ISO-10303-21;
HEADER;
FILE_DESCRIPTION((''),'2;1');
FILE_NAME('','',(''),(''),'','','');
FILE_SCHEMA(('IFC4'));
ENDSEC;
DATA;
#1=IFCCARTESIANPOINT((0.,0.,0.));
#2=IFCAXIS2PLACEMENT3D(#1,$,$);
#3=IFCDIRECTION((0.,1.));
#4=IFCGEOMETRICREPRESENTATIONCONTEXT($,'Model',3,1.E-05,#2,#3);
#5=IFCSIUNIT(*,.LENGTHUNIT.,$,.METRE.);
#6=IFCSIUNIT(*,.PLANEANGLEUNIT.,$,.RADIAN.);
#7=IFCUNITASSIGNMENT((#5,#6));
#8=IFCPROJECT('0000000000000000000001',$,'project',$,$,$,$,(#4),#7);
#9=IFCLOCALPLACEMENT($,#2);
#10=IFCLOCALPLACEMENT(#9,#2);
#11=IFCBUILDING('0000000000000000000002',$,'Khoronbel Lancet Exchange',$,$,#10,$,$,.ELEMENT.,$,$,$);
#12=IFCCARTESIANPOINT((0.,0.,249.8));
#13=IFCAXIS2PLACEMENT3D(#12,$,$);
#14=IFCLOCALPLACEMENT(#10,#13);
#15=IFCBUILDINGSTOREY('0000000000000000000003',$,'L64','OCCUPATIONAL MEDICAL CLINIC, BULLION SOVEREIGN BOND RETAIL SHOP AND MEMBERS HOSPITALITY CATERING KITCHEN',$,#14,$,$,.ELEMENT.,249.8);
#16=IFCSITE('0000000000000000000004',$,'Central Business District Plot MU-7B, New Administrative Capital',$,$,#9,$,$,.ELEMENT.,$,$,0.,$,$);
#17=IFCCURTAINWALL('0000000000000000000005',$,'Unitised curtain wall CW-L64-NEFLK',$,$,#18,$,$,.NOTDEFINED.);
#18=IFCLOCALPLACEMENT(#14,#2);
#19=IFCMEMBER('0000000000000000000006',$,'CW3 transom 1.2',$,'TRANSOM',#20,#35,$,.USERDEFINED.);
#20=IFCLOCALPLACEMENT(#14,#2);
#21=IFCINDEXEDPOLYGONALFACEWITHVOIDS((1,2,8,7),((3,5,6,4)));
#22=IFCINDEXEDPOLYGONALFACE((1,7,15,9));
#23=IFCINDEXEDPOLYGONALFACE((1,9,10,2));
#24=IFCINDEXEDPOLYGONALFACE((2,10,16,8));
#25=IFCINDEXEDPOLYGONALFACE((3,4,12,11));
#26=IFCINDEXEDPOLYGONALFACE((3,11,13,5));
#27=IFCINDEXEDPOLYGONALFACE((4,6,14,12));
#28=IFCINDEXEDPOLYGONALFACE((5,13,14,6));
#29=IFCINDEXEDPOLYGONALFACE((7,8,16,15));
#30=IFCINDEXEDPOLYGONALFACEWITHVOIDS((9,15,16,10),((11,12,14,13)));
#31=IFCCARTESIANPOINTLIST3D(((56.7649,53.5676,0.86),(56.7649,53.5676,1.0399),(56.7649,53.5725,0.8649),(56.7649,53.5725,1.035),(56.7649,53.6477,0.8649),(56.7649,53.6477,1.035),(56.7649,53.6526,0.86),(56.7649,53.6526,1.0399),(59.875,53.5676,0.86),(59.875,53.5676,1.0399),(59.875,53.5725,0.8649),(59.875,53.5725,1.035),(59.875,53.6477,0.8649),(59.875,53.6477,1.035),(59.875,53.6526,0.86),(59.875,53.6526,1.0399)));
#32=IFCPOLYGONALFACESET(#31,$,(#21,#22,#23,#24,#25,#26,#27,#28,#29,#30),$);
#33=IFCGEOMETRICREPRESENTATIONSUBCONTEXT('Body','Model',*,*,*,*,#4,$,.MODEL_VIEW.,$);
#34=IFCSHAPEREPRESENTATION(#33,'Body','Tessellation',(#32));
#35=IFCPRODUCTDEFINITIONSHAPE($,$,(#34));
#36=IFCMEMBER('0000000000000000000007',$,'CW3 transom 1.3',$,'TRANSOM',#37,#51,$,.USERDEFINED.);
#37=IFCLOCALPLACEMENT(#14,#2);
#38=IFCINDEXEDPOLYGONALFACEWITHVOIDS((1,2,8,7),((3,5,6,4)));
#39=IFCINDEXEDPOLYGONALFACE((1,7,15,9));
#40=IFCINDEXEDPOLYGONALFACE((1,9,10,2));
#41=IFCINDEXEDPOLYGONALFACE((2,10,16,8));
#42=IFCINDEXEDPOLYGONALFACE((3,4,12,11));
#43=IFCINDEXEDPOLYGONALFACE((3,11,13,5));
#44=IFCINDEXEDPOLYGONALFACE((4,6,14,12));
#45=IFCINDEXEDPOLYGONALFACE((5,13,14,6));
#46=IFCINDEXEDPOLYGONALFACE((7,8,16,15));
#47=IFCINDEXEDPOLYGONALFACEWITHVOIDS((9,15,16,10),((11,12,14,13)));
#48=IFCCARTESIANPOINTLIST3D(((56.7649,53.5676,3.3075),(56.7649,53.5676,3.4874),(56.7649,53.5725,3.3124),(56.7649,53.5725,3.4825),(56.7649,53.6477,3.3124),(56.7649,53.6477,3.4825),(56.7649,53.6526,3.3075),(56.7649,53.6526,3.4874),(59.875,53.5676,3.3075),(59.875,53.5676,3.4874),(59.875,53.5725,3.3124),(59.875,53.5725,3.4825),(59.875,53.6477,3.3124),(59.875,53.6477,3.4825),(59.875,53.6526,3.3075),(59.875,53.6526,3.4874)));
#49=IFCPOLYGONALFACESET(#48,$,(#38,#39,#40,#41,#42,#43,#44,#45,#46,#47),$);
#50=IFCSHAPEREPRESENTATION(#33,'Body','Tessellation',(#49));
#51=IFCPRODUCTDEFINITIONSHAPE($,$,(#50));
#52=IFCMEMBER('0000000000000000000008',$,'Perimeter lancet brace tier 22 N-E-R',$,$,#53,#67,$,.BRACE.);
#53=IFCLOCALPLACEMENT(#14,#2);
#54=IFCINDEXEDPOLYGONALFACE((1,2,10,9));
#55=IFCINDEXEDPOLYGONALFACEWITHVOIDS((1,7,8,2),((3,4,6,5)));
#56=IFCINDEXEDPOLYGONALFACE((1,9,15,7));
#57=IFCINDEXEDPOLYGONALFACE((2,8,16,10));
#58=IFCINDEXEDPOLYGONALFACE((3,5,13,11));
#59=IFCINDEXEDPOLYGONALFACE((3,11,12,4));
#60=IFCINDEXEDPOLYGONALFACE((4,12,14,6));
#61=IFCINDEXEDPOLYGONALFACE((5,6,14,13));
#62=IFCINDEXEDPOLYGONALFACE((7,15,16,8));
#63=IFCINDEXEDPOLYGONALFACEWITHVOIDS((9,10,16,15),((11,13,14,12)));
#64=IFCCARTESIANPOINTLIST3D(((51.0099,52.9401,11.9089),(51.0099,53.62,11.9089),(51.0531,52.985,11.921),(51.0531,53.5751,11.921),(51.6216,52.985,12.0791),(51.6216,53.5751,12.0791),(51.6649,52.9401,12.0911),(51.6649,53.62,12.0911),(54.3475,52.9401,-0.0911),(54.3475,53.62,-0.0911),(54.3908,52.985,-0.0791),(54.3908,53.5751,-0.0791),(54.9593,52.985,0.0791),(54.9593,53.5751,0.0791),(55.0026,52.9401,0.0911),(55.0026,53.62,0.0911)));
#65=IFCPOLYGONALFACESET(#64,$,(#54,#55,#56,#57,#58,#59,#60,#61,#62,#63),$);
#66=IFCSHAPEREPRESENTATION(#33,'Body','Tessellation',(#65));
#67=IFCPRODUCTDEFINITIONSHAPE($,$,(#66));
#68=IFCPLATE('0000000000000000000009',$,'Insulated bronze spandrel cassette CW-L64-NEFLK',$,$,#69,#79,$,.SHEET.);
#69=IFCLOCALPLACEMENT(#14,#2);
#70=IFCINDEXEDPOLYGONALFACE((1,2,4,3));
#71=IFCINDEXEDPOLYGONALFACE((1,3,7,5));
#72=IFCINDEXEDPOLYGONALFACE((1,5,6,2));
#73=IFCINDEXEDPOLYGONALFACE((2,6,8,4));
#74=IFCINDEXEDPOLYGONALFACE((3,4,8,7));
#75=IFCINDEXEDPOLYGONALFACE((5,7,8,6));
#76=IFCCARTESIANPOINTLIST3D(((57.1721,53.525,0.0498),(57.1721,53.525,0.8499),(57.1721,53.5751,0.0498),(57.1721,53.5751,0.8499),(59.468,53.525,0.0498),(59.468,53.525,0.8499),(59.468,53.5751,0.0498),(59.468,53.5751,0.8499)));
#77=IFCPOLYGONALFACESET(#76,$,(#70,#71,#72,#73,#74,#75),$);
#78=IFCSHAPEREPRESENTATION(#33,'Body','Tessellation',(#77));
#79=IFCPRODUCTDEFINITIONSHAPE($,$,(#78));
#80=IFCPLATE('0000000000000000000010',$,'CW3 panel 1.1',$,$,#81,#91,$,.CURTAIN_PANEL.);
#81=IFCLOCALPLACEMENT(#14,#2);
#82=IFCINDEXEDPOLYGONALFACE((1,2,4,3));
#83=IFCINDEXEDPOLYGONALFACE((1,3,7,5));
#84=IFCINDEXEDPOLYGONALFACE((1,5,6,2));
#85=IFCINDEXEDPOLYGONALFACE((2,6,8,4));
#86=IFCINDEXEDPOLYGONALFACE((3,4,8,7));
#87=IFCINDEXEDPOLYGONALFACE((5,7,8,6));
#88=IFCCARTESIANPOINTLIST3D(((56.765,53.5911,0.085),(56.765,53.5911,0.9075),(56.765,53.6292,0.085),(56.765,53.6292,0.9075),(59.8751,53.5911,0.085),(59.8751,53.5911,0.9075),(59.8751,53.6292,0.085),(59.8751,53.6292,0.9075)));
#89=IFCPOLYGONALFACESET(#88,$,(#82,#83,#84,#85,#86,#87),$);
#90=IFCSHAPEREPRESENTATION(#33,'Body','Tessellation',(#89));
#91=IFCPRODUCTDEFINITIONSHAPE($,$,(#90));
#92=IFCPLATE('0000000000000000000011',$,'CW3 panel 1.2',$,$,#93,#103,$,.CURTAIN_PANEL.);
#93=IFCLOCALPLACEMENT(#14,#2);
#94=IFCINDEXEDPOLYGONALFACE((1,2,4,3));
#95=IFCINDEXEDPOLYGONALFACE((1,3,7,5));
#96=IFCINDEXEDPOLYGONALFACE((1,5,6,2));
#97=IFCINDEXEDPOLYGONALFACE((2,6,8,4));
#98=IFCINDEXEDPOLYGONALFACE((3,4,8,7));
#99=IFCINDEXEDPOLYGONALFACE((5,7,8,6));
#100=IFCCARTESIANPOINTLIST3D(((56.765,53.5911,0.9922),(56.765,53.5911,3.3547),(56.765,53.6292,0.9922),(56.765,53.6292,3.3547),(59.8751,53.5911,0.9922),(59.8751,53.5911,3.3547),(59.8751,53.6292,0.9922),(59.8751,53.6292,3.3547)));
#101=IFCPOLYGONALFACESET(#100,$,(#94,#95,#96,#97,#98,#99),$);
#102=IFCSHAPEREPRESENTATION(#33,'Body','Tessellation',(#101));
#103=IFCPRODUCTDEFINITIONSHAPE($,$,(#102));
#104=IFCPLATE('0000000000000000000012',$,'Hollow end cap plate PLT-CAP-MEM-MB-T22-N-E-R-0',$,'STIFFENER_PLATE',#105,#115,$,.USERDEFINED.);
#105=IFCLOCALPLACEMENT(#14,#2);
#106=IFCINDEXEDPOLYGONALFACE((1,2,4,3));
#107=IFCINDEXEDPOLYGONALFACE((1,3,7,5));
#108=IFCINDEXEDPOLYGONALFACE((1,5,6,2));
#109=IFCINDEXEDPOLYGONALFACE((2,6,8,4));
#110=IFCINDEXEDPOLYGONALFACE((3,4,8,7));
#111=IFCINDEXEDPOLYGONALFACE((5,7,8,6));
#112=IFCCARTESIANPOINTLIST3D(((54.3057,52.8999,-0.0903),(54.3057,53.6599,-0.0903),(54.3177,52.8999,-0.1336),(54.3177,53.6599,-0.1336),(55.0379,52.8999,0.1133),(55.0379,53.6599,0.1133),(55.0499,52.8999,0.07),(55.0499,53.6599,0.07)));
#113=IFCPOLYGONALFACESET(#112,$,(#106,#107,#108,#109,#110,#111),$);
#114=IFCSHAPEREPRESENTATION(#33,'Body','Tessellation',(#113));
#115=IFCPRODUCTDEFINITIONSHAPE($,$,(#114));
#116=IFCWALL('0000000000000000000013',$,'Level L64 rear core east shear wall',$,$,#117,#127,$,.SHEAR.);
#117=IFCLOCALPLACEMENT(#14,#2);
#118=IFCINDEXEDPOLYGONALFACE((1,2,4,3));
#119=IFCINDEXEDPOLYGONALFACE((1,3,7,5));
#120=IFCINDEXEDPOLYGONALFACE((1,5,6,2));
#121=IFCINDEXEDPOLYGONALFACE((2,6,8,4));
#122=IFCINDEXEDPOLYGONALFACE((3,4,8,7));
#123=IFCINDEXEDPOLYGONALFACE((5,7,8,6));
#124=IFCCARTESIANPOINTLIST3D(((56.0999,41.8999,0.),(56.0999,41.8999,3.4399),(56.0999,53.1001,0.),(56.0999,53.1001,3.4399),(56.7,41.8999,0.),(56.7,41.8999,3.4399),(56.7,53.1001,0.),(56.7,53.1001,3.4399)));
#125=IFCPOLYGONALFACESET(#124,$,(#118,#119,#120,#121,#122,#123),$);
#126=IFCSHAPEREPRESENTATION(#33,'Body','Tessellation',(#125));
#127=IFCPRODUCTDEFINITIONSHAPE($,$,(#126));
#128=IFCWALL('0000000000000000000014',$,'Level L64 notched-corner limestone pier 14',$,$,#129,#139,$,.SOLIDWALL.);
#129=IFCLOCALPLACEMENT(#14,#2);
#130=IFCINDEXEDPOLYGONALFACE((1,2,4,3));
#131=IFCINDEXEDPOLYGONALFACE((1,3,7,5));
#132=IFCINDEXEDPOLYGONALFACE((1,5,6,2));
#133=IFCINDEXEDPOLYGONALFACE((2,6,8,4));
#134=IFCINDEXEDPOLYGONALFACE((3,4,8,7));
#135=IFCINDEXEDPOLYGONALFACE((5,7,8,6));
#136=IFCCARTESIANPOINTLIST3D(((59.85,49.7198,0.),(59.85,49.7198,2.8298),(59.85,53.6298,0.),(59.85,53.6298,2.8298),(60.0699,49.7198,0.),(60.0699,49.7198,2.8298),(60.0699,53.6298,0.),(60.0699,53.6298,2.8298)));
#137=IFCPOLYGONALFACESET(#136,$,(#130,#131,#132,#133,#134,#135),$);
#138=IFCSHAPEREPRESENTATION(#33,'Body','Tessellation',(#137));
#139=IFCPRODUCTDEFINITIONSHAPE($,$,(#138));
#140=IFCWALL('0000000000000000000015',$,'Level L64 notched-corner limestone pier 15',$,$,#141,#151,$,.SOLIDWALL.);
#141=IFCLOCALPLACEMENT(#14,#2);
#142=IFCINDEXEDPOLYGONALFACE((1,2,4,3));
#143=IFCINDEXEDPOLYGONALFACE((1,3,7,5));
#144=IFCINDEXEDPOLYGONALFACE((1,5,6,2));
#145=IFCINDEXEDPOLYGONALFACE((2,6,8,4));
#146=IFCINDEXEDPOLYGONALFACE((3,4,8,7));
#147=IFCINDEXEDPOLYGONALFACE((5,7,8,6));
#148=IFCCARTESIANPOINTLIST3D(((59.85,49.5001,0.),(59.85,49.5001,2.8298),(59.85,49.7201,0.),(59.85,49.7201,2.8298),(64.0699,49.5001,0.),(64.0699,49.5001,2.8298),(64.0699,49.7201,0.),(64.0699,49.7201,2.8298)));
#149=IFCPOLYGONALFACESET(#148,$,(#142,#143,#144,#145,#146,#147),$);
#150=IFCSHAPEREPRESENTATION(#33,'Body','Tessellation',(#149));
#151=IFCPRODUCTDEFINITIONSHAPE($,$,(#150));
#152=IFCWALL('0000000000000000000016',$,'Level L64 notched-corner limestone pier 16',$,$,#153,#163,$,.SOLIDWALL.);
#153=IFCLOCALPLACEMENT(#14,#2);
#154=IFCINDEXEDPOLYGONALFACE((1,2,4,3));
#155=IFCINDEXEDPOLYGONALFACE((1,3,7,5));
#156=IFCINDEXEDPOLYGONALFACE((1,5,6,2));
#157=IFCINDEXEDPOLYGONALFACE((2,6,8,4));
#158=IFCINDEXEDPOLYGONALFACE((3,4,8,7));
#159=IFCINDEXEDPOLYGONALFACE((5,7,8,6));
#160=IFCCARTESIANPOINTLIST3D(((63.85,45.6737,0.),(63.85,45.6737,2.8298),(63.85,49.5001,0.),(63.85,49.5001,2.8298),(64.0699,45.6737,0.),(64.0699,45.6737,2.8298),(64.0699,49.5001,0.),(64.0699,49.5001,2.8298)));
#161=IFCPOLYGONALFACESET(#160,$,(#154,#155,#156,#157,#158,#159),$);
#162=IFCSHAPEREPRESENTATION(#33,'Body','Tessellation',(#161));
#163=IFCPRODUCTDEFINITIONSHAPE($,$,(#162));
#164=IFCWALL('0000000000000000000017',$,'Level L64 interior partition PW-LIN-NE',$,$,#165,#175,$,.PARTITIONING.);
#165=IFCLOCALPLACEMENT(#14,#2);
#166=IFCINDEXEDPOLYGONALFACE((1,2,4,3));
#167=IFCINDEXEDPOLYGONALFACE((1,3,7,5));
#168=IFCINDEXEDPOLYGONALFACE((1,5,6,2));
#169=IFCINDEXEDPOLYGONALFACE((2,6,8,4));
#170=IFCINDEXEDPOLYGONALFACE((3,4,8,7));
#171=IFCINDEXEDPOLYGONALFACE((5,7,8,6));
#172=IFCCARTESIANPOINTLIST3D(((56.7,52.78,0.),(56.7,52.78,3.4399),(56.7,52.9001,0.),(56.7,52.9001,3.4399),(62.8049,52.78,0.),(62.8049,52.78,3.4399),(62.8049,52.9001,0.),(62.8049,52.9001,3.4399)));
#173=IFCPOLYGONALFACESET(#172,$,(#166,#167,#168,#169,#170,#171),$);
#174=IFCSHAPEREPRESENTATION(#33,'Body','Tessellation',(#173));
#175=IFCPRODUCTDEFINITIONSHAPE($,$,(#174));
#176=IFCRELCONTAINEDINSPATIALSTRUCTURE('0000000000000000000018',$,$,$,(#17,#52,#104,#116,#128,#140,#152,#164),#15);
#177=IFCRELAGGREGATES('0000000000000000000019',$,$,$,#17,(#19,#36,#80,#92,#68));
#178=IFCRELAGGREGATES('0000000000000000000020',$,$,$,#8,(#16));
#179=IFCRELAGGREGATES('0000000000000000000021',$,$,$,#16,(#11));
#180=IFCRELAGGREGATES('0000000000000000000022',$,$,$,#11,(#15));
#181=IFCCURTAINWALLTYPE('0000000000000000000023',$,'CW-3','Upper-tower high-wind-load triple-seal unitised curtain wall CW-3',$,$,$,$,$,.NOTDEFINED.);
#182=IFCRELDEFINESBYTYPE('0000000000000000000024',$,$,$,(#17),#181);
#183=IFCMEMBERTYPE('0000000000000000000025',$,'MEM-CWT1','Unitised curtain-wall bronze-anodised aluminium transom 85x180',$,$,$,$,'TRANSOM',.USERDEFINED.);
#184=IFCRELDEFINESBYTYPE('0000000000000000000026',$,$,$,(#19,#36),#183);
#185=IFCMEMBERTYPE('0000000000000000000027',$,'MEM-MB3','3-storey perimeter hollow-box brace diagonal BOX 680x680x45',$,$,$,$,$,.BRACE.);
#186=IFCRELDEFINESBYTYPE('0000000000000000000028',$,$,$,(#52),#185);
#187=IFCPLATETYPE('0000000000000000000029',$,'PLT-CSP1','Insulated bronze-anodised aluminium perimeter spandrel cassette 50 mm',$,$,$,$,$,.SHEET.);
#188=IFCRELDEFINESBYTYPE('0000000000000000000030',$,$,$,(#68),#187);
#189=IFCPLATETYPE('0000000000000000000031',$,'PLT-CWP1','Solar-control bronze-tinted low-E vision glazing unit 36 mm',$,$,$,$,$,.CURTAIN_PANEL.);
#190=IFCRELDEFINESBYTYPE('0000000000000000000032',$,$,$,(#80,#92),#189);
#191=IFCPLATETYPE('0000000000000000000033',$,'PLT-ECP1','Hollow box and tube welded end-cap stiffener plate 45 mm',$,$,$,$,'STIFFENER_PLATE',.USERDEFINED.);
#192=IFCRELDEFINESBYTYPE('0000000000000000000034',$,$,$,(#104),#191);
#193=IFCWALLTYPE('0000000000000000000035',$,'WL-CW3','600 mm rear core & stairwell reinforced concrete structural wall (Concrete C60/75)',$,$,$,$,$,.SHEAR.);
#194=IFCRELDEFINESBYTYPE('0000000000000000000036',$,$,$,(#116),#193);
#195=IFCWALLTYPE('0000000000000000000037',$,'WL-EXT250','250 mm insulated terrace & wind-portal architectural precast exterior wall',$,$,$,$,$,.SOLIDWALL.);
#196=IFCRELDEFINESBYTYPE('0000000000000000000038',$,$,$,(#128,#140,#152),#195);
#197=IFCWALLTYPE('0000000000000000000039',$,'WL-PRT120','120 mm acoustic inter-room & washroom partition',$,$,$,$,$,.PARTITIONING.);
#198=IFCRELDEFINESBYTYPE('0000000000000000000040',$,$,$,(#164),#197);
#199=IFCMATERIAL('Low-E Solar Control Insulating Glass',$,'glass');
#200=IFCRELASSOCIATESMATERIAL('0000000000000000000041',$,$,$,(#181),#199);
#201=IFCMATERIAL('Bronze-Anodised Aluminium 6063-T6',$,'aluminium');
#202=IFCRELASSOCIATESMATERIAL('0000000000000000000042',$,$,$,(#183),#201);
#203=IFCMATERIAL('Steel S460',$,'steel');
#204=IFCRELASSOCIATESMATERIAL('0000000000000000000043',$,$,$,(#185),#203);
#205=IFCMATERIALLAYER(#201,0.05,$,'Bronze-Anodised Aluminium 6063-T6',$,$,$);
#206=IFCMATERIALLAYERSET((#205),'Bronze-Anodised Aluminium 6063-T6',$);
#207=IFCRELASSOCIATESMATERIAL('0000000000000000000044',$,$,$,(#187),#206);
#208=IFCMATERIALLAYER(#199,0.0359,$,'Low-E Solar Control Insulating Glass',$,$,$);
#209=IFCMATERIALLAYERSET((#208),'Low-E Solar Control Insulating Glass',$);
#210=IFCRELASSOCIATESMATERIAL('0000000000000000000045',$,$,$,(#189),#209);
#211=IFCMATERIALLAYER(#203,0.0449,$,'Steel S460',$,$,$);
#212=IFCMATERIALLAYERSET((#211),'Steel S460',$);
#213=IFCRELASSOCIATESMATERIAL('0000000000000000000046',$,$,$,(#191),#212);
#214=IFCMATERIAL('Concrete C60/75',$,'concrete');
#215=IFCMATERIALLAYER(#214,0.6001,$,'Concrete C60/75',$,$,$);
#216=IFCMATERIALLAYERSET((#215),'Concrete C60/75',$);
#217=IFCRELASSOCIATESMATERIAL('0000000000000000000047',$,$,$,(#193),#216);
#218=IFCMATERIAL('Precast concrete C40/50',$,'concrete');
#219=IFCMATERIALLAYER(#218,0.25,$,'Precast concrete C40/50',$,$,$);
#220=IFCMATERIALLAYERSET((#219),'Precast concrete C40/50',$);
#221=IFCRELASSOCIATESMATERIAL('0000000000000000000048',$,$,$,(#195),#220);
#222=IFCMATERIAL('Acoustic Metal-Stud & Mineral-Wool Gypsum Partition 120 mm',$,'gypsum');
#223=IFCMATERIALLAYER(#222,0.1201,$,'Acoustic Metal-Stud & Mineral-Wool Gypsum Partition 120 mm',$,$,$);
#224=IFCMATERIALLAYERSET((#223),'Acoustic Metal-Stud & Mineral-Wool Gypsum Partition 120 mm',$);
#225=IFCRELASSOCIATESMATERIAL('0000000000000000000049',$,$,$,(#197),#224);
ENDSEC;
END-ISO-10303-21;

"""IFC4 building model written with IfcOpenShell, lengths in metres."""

from ifc_helpers import new_model, si_unit, direction, frame, frame_2d, origin, origin_2d, place, context, subcontext, project, spatial, polyline, rectangle, hollow_rectangle, outline, extrude, material, layer, layer_set, material_profile, profile_set, type_object, element, aggregate, save


model = new_model("IFC4")

# Units and contexts
model_context = context("Model", 3, precision=1e-05, world=origin(), true_north=direction((0.0, 1.0)))
body_context = subcontext(model_context, "Body", "Model", "MODEL_VIEW")
ifc_project = project(units=[si_unit("LENGTHUNIT", "METRE"), si_unit("PLANEANGLEUNIT", "RADIAN")], contexts=[model_context])

# Site, building, storey
site_placement = place(None, origin())
site = spatial("IfcSite", under=ifc_project, at=site_placement, Name="Central Business District Plot MU-7B, New Administrative Capital", CompositionType="ELEMENT", RefElevation=0.0)
building_placement = place(site_placement, origin())
building = spatial("IfcBuilding", under=site, at=building_placement, Name="Khoronbel Lancet Exchange", CompositionType="ELEMENT")
storey_placement = place(building_placement, frame((0.0, 0.0, 249.8)))
storey = spatial("IfcBuildingStorey", under=building, at=storey_placement, Name="L64", Description="OCCUPATIONAL MEDICAL CLINIC, BULLION SOVEREIGN BOND RETAIL SHOP AND MEMBERS HOSPITALITY CATERING KITCHEN", CompositionType="ELEMENT", Elevation=249.8)

# Shared definitions
ifc_material_1 = material(Name="Steel S460", Category="steel")

# Curtain wall
ifc_material_2 = material(Name="Low-E Solar Control Insulating Glass", Category="glass")
curtain_wall_type_1 = type_object("IfcCurtainWallType", Name="CW-3", Description="Upper-tower high-wind-load triple-seal unitised curtain wall CW-3", PredefinedType="NOTDEFINED", material=ifc_material_2)
curtain_wall_1_placement = place(storey_placement, origin())
curtain_wall_1 = element("IfcCurtainWall", 1, at=curtain_wall_1_placement, inside=storey, type_object=curtain_wall_type_1, Name="Unitised curtain wall CW-L64-NEFLK", PredefinedType="NOTDEFINED")
ifc_material_3 = material(Name="Bronze-Anodised Aluminium 6063-T6", Category="aluminium")

# Members
ifc_material_profile_1 = material_profile(ifc_material_3, hollow_rectangle(XDim=0.085, YDim=0.1799, WallThickness=0.0049, at=origin_2d()), Name="ALU TRANSOM 85x180")
ifc_profile_set_1 = profile_set([ifc_material_profile_1], Name="Bronze-Anodised Aluminium 6063-T6")
member_type_1 = type_object("IfcMemberType", Name="MEM-CWT1", Description="Unitised curtain-wall bronze-anodised aluminium transom 85x180", ElementType="TRANSOM", PredefinedType="USERDEFINED", material=ifc_profile_set_1)
member_1_placement = place(storey_placement, frame((59.875, 53.6101, 0.95), z_axis=(-1.0, 0.0, 0.0), x_axis=(0.0, -1.0, 0.0)))
member_1 = element("IfcMember", 2, at=member_1_placement, type_object=member_type_1, Name="CW3 transom 1.2", ObjectType="TRANSOM", PredefinedType="USERDEFINED", context=body_context, shape_type="SweptSolid", body=[
    extrude(hollow_rectangle(XDim=0.085, YDim=0.1799, WallThickness=0.0049, at=origin_2d()), origin(), (0.0, 0.0, 1.0), 3.1101),
])
member_2_placement = place(storey_placement, frame((59.875, 53.6101, 3.3975), z_axis=(-1.0, 0.0, 0.0), x_axis=(0.0, -1.0, 0.0)))
member_2 = element("IfcMember", 3, at=member_2_placement, type_object=member_type_1, Name="CW3 transom 1.3", ObjectType="TRANSOM", PredefinedType="USERDEFINED", context=body_context, shape_type="SweptSolid", body=[
    extrude(hollow_rectangle(XDim=0.085, YDim=0.1799, WallThickness=0.0049, at=origin_2d()), origin(), (0.0, 0.0, 1.0), 3.1101),
])
ifc_material_profile_2 = material_profile(ifc_material_1, hollow_rectangle(XDim=0.6799, YDim=0.6799, WallThickness=0.0449, at=origin_2d()), Name="BOX 680x680x45")
ifc_profile_set_2 = profile_set([ifc_material_profile_2], Name="Steel S460")
member_type_2 = type_object("IfcMemberType", Name="MEM-MB3", Description="3-storey perimeter hollow-box brace diagonal BOX 680x680x45", PredefinedType="BRACE", material=ifc_profile_set_2)
member_3_placement = place(storey_placement, frame((54.675, 53.28, 0.0), z_axis=(-0.267965, 0.0, 0.963429), x_axis=(0.0, -1.0, 0.0)))
element("IfcMember", 4, at=member_3_placement, inside=storey, type_object=member_type_2, Name="Perimeter lancet brace tier 22 N-E-R", PredefinedType="BRACE", context=body_context, shape_type="SweptSolid", body=[
    extrude(hollow_rectangle(XDim=0.6799, YDim=0.6799, WallThickness=0.0449, at=origin_2d()), origin(), (0.0, 0.0, 1.0), 12.4556),
])

# Plates
ifc_layer_1 = layer(ifc_material_3, 0.05, Name="Bronze-Anodised Aluminium 6063-T6")
ifc_layer_set_1 = layer_set([ifc_layer_1], Name="Bronze-Anodised Aluminium 6063-T6")
plate_type_1 = type_object("IfcPlateType", Name="PLT-CSP1", Description="Insulated bronze-anodised aluminium perimeter spandrel cassette 50 mm", PredefinedType="SHEET", material=ifc_layer_set_1)
plate_1_placement = place(storey_placement, frame((58.3201, 53.55, 0.0498), z_axis=(0.0, 0.0, 1.0), x_axis=(-1.0, 0.0, 0.0)))
plate_1 = element("IfcPlate", 5, at=plate_1_placement, type_object=plate_type_1, Name="Insulated bronze spandrel cassette CW-L64-NEFLK", PredefinedType="SHEET", context=body_context, shape_type="SweptSolid", body=[
    extrude(rectangle(XDim=2.2959, YDim=0.05, at=origin_2d()), origin(), (0.0, 0.0, 1.0), 0.8),
])
ifc_layer_2 = layer(ifc_material_2, 0.0359, Name="Low-E Solar Control Insulating Glass")
ifc_layer_set_2 = layer_set([ifc_layer_2], Name="Low-E Solar Control Insulating Glass")
plate_type_2 = type_object("IfcPlateType", Name="PLT-CWP1", Description="Solar-control bronze-tinted low-E vision glazing unit 36 mm", PredefinedType="CURTAIN_PANEL", material=ifc_layer_set_2)
plate_2_placement = place(storey_placement, frame((58.3201, 53.6101, 0.085), z_axis=(0.0, 0.0, 1.0), x_axis=(-1.0, 0.0, 0.0)))
plate_2 = element("IfcPlate", 6, at=plate_2_placement, type_object=plate_type_2, Name="CW3 panel 1.1", PredefinedType="CURTAIN_PANEL", context=body_context, shape_type="SweptSolid", body=[
    extrude(rectangle(XDim=3.1101, YDim=0.0381, at=origin_2d()), origin(), (0.0, 0.0, 1.0), 0.8225),
])
plate_3_placement = place(storey_placement, frame((58.3201, 53.6101, 0.9922), z_axis=(0.0, 0.0, 1.0), x_axis=(-1.0, 0.0, 0.0)))
plate_3 = element("IfcPlate", 7, at=plate_3_placement, type_object=plate_type_2, Name="CW3 panel 1.2", PredefinedType="CURTAIN_PANEL", context=body_context, shape_type="SweptSolid", body=[
    extrude(rectangle(XDim=3.1101, YDim=0.0381, at=origin_2d()), origin(), (0.0, 0.0, 1.0), 2.3625),
])
aggregate(curtain_wall_1, [member_1, member_2, plate_2, plate_3, plate_1])
ifc_layer_3 = layer(ifc_material_1, 0.0449, Name="Steel S460")
ifc_layer_set_3 = layer_set([ifc_layer_3], Name="Steel S460")
plate_type_3 = type_object("IfcPlateType", Name="PLT-ECP1", Description="Hollow box and tube welded end-cap stiffener plate 45 mm", ElementType="STIFFENER_PLATE", PredefinedType="USERDEFINED", material=ifc_layer_set_3)
plate_4_placement = place(storey_placement, frame((54.3057, 53.6599, -0.0903), z_axis=(-0.267926, 0.0, 0.96344), x_axis=(0.0, -1.0, 0.0)))
element("IfcPlate", 8, at=plate_4_placement, inside=storey, type_object=plate_type_3, Name="Hollow end cap plate PLT-CAP-MEM-MB-T22-N-E-R-0", ObjectType="STIFFENER_PLATE", PredefinedType="USERDEFINED", context=body_context, shape_type="SweptSolid", body=[
    extrude(outline(polyline([(0.0, 0.0), (0.76, 0.0), (0.76, 0.76), (0.0, 0.76), (0.0, 0.0)])), origin(), (0.0, 0.0, -1.0), 0.0449),
])

# Walls
ifc_material_4 = material(Name="Concrete C60/75", Category="concrete")
ifc_layer_4 = layer(ifc_material_4, 0.6001, Name="Concrete C60/75")
ifc_layer_set_4 = layer_set([ifc_layer_4], Name="Concrete C60/75")
wall_type_1 = type_object("IfcWallType", Name="WL-CW3", Description="600 mm rear core & stairwell reinforced concrete structural wall (Concrete C60/75)", PredefinedType="SHEAR", material=ifc_layer_set_4)
wall_1_placement = place(storey_placement, frame((56.3999, 53.1001, 0.0), z_axis=(0.0, 0.0, 1.0), x_axis=(0.0, -1.0, 0.0)))
element("IfcWall", 9, at=wall_1_placement, inside=storey, type_object=wall_type_1, Name="Level L64 rear core east shear wall", PredefinedType="SHEAR", context=body_context, shape_type="SweptSolid", body=[
    extrude(rectangle(XDim=11.2002, YDim=0.6001, at=frame_2d((5.6001, 0.0))), origin(), (0.0, 0.0, 1.0), 3.4399),
])
ifc_material_5 = material(Name="Precast concrete C40/50", Category="concrete")
ifc_layer_5 = layer(ifc_material_5, 0.25, Name="Precast concrete C40/50")
ifc_layer_set_5 = layer_set([ifc_layer_5], Name="Precast concrete C40/50")
wall_type_2 = type_object("IfcWallType", Name="WL-EXT250", Description="250 mm insulated terrace & wind-portal architectural precast exterior wall", PredefinedType="SOLIDWALL", material=ifc_layer_set_5)
wall_2_placement = place(storey_placement, frame((59.96, 53.6299, 0.0), z_axis=(0.0, 0.0, 1.0), x_axis=(0.0, -1.0, 0.0)))
element("IfcWall", 10, at=wall_2_placement, inside=storey, type_object=wall_type_2, Name="Level L64 notched-corner limestone pier 14", PredefinedType="SOLIDWALL", context=body_context, shape_type="SweptSolid", body=[
    extrude(rectangle(XDim=3.9099, YDim=0.22, at=frame_2d((1.9551, 0.0))), origin(), (0.0, 0.0, 1.0), 2.8298),
])
wall_3_placement = place(storey_placement, frame((59.8501, 49.6101, 0.0), z_axis=(0.0, 0.0, 1.0), x_axis=(1.0, 0.0, 0.0)))
element("IfcWall", 11, at=wall_3_placement, inside=storey, type_object=wall_type_2, Name="Level L64 notched-corner limestone pier 15", PredefinedType="SOLIDWALL", context=body_context, shape_type="SweptSolid", body=[
    extrude(rectangle(XDim=4.22, YDim=0.22, at=frame_2d((2.1099, 0.0))), origin(), (0.0, 0.0, 1.0), 2.8298),
])
wall_4_placement = place(storey_placement, frame((63.96, 49.5, 0.0), z_axis=(0.0, 0.0, 1.0), x_axis=(0.0, -1.0, 0.0)))
element("IfcWall", 12, at=wall_4_placement, inside=storey, type_object=wall_type_2, Name="Level L64 notched-corner limestone pier 16", PredefinedType="SOLIDWALL", context=body_context, shape_type="SweptSolid", body=[
    extrude(rectangle(XDim=3.8264, YDim=0.22, at=frame_2d((1.9131, 0.0))), origin(), (0.0, 0.0, 1.0), 2.8298),
])
ifc_material_6 = material(Name="Acoustic Metal-Stud & Mineral-Wool Gypsum Partition 120 mm", Category="gypsum")
ifc_layer_6 = layer(ifc_material_6, 0.1201, Name="Acoustic Metal-Stud & Mineral-Wool Gypsum Partition 120 mm")
ifc_layer_set_6 = layer_set([ifc_layer_6], Name="Acoustic Metal-Stud & Mineral-Wool Gypsum Partition 120 mm")
wall_type_3 = type_object("IfcWallType", Name="WL-PRT120", Description="120 mm acoustic inter-room & washroom partition", PredefinedType="PARTITIONING", material=ifc_layer_set_6)
wall_5_placement = place(storey_placement, frame((56.7, 52.8401, 0.0), z_axis=(0.0, 0.0, 1.0), x_axis=(1.0, 0.0, 0.0)))
element("IfcWall", 13, at=wall_5_placement, inside=storey, type_object=wall_type_3, Name="Level L64 interior partition PW-LIN-NE", PredefinedType="PARTITIONING", context=body_context, shape_type="SweptSolid", body=[
    extrude(rectangle(XDim=6.105, YDim=0.1201, at=frame_2d((3.0525, 0.0))), origin(), (0.0, 0.0, 1.0), 3.4399),
])

save(model, "model.ifc")
